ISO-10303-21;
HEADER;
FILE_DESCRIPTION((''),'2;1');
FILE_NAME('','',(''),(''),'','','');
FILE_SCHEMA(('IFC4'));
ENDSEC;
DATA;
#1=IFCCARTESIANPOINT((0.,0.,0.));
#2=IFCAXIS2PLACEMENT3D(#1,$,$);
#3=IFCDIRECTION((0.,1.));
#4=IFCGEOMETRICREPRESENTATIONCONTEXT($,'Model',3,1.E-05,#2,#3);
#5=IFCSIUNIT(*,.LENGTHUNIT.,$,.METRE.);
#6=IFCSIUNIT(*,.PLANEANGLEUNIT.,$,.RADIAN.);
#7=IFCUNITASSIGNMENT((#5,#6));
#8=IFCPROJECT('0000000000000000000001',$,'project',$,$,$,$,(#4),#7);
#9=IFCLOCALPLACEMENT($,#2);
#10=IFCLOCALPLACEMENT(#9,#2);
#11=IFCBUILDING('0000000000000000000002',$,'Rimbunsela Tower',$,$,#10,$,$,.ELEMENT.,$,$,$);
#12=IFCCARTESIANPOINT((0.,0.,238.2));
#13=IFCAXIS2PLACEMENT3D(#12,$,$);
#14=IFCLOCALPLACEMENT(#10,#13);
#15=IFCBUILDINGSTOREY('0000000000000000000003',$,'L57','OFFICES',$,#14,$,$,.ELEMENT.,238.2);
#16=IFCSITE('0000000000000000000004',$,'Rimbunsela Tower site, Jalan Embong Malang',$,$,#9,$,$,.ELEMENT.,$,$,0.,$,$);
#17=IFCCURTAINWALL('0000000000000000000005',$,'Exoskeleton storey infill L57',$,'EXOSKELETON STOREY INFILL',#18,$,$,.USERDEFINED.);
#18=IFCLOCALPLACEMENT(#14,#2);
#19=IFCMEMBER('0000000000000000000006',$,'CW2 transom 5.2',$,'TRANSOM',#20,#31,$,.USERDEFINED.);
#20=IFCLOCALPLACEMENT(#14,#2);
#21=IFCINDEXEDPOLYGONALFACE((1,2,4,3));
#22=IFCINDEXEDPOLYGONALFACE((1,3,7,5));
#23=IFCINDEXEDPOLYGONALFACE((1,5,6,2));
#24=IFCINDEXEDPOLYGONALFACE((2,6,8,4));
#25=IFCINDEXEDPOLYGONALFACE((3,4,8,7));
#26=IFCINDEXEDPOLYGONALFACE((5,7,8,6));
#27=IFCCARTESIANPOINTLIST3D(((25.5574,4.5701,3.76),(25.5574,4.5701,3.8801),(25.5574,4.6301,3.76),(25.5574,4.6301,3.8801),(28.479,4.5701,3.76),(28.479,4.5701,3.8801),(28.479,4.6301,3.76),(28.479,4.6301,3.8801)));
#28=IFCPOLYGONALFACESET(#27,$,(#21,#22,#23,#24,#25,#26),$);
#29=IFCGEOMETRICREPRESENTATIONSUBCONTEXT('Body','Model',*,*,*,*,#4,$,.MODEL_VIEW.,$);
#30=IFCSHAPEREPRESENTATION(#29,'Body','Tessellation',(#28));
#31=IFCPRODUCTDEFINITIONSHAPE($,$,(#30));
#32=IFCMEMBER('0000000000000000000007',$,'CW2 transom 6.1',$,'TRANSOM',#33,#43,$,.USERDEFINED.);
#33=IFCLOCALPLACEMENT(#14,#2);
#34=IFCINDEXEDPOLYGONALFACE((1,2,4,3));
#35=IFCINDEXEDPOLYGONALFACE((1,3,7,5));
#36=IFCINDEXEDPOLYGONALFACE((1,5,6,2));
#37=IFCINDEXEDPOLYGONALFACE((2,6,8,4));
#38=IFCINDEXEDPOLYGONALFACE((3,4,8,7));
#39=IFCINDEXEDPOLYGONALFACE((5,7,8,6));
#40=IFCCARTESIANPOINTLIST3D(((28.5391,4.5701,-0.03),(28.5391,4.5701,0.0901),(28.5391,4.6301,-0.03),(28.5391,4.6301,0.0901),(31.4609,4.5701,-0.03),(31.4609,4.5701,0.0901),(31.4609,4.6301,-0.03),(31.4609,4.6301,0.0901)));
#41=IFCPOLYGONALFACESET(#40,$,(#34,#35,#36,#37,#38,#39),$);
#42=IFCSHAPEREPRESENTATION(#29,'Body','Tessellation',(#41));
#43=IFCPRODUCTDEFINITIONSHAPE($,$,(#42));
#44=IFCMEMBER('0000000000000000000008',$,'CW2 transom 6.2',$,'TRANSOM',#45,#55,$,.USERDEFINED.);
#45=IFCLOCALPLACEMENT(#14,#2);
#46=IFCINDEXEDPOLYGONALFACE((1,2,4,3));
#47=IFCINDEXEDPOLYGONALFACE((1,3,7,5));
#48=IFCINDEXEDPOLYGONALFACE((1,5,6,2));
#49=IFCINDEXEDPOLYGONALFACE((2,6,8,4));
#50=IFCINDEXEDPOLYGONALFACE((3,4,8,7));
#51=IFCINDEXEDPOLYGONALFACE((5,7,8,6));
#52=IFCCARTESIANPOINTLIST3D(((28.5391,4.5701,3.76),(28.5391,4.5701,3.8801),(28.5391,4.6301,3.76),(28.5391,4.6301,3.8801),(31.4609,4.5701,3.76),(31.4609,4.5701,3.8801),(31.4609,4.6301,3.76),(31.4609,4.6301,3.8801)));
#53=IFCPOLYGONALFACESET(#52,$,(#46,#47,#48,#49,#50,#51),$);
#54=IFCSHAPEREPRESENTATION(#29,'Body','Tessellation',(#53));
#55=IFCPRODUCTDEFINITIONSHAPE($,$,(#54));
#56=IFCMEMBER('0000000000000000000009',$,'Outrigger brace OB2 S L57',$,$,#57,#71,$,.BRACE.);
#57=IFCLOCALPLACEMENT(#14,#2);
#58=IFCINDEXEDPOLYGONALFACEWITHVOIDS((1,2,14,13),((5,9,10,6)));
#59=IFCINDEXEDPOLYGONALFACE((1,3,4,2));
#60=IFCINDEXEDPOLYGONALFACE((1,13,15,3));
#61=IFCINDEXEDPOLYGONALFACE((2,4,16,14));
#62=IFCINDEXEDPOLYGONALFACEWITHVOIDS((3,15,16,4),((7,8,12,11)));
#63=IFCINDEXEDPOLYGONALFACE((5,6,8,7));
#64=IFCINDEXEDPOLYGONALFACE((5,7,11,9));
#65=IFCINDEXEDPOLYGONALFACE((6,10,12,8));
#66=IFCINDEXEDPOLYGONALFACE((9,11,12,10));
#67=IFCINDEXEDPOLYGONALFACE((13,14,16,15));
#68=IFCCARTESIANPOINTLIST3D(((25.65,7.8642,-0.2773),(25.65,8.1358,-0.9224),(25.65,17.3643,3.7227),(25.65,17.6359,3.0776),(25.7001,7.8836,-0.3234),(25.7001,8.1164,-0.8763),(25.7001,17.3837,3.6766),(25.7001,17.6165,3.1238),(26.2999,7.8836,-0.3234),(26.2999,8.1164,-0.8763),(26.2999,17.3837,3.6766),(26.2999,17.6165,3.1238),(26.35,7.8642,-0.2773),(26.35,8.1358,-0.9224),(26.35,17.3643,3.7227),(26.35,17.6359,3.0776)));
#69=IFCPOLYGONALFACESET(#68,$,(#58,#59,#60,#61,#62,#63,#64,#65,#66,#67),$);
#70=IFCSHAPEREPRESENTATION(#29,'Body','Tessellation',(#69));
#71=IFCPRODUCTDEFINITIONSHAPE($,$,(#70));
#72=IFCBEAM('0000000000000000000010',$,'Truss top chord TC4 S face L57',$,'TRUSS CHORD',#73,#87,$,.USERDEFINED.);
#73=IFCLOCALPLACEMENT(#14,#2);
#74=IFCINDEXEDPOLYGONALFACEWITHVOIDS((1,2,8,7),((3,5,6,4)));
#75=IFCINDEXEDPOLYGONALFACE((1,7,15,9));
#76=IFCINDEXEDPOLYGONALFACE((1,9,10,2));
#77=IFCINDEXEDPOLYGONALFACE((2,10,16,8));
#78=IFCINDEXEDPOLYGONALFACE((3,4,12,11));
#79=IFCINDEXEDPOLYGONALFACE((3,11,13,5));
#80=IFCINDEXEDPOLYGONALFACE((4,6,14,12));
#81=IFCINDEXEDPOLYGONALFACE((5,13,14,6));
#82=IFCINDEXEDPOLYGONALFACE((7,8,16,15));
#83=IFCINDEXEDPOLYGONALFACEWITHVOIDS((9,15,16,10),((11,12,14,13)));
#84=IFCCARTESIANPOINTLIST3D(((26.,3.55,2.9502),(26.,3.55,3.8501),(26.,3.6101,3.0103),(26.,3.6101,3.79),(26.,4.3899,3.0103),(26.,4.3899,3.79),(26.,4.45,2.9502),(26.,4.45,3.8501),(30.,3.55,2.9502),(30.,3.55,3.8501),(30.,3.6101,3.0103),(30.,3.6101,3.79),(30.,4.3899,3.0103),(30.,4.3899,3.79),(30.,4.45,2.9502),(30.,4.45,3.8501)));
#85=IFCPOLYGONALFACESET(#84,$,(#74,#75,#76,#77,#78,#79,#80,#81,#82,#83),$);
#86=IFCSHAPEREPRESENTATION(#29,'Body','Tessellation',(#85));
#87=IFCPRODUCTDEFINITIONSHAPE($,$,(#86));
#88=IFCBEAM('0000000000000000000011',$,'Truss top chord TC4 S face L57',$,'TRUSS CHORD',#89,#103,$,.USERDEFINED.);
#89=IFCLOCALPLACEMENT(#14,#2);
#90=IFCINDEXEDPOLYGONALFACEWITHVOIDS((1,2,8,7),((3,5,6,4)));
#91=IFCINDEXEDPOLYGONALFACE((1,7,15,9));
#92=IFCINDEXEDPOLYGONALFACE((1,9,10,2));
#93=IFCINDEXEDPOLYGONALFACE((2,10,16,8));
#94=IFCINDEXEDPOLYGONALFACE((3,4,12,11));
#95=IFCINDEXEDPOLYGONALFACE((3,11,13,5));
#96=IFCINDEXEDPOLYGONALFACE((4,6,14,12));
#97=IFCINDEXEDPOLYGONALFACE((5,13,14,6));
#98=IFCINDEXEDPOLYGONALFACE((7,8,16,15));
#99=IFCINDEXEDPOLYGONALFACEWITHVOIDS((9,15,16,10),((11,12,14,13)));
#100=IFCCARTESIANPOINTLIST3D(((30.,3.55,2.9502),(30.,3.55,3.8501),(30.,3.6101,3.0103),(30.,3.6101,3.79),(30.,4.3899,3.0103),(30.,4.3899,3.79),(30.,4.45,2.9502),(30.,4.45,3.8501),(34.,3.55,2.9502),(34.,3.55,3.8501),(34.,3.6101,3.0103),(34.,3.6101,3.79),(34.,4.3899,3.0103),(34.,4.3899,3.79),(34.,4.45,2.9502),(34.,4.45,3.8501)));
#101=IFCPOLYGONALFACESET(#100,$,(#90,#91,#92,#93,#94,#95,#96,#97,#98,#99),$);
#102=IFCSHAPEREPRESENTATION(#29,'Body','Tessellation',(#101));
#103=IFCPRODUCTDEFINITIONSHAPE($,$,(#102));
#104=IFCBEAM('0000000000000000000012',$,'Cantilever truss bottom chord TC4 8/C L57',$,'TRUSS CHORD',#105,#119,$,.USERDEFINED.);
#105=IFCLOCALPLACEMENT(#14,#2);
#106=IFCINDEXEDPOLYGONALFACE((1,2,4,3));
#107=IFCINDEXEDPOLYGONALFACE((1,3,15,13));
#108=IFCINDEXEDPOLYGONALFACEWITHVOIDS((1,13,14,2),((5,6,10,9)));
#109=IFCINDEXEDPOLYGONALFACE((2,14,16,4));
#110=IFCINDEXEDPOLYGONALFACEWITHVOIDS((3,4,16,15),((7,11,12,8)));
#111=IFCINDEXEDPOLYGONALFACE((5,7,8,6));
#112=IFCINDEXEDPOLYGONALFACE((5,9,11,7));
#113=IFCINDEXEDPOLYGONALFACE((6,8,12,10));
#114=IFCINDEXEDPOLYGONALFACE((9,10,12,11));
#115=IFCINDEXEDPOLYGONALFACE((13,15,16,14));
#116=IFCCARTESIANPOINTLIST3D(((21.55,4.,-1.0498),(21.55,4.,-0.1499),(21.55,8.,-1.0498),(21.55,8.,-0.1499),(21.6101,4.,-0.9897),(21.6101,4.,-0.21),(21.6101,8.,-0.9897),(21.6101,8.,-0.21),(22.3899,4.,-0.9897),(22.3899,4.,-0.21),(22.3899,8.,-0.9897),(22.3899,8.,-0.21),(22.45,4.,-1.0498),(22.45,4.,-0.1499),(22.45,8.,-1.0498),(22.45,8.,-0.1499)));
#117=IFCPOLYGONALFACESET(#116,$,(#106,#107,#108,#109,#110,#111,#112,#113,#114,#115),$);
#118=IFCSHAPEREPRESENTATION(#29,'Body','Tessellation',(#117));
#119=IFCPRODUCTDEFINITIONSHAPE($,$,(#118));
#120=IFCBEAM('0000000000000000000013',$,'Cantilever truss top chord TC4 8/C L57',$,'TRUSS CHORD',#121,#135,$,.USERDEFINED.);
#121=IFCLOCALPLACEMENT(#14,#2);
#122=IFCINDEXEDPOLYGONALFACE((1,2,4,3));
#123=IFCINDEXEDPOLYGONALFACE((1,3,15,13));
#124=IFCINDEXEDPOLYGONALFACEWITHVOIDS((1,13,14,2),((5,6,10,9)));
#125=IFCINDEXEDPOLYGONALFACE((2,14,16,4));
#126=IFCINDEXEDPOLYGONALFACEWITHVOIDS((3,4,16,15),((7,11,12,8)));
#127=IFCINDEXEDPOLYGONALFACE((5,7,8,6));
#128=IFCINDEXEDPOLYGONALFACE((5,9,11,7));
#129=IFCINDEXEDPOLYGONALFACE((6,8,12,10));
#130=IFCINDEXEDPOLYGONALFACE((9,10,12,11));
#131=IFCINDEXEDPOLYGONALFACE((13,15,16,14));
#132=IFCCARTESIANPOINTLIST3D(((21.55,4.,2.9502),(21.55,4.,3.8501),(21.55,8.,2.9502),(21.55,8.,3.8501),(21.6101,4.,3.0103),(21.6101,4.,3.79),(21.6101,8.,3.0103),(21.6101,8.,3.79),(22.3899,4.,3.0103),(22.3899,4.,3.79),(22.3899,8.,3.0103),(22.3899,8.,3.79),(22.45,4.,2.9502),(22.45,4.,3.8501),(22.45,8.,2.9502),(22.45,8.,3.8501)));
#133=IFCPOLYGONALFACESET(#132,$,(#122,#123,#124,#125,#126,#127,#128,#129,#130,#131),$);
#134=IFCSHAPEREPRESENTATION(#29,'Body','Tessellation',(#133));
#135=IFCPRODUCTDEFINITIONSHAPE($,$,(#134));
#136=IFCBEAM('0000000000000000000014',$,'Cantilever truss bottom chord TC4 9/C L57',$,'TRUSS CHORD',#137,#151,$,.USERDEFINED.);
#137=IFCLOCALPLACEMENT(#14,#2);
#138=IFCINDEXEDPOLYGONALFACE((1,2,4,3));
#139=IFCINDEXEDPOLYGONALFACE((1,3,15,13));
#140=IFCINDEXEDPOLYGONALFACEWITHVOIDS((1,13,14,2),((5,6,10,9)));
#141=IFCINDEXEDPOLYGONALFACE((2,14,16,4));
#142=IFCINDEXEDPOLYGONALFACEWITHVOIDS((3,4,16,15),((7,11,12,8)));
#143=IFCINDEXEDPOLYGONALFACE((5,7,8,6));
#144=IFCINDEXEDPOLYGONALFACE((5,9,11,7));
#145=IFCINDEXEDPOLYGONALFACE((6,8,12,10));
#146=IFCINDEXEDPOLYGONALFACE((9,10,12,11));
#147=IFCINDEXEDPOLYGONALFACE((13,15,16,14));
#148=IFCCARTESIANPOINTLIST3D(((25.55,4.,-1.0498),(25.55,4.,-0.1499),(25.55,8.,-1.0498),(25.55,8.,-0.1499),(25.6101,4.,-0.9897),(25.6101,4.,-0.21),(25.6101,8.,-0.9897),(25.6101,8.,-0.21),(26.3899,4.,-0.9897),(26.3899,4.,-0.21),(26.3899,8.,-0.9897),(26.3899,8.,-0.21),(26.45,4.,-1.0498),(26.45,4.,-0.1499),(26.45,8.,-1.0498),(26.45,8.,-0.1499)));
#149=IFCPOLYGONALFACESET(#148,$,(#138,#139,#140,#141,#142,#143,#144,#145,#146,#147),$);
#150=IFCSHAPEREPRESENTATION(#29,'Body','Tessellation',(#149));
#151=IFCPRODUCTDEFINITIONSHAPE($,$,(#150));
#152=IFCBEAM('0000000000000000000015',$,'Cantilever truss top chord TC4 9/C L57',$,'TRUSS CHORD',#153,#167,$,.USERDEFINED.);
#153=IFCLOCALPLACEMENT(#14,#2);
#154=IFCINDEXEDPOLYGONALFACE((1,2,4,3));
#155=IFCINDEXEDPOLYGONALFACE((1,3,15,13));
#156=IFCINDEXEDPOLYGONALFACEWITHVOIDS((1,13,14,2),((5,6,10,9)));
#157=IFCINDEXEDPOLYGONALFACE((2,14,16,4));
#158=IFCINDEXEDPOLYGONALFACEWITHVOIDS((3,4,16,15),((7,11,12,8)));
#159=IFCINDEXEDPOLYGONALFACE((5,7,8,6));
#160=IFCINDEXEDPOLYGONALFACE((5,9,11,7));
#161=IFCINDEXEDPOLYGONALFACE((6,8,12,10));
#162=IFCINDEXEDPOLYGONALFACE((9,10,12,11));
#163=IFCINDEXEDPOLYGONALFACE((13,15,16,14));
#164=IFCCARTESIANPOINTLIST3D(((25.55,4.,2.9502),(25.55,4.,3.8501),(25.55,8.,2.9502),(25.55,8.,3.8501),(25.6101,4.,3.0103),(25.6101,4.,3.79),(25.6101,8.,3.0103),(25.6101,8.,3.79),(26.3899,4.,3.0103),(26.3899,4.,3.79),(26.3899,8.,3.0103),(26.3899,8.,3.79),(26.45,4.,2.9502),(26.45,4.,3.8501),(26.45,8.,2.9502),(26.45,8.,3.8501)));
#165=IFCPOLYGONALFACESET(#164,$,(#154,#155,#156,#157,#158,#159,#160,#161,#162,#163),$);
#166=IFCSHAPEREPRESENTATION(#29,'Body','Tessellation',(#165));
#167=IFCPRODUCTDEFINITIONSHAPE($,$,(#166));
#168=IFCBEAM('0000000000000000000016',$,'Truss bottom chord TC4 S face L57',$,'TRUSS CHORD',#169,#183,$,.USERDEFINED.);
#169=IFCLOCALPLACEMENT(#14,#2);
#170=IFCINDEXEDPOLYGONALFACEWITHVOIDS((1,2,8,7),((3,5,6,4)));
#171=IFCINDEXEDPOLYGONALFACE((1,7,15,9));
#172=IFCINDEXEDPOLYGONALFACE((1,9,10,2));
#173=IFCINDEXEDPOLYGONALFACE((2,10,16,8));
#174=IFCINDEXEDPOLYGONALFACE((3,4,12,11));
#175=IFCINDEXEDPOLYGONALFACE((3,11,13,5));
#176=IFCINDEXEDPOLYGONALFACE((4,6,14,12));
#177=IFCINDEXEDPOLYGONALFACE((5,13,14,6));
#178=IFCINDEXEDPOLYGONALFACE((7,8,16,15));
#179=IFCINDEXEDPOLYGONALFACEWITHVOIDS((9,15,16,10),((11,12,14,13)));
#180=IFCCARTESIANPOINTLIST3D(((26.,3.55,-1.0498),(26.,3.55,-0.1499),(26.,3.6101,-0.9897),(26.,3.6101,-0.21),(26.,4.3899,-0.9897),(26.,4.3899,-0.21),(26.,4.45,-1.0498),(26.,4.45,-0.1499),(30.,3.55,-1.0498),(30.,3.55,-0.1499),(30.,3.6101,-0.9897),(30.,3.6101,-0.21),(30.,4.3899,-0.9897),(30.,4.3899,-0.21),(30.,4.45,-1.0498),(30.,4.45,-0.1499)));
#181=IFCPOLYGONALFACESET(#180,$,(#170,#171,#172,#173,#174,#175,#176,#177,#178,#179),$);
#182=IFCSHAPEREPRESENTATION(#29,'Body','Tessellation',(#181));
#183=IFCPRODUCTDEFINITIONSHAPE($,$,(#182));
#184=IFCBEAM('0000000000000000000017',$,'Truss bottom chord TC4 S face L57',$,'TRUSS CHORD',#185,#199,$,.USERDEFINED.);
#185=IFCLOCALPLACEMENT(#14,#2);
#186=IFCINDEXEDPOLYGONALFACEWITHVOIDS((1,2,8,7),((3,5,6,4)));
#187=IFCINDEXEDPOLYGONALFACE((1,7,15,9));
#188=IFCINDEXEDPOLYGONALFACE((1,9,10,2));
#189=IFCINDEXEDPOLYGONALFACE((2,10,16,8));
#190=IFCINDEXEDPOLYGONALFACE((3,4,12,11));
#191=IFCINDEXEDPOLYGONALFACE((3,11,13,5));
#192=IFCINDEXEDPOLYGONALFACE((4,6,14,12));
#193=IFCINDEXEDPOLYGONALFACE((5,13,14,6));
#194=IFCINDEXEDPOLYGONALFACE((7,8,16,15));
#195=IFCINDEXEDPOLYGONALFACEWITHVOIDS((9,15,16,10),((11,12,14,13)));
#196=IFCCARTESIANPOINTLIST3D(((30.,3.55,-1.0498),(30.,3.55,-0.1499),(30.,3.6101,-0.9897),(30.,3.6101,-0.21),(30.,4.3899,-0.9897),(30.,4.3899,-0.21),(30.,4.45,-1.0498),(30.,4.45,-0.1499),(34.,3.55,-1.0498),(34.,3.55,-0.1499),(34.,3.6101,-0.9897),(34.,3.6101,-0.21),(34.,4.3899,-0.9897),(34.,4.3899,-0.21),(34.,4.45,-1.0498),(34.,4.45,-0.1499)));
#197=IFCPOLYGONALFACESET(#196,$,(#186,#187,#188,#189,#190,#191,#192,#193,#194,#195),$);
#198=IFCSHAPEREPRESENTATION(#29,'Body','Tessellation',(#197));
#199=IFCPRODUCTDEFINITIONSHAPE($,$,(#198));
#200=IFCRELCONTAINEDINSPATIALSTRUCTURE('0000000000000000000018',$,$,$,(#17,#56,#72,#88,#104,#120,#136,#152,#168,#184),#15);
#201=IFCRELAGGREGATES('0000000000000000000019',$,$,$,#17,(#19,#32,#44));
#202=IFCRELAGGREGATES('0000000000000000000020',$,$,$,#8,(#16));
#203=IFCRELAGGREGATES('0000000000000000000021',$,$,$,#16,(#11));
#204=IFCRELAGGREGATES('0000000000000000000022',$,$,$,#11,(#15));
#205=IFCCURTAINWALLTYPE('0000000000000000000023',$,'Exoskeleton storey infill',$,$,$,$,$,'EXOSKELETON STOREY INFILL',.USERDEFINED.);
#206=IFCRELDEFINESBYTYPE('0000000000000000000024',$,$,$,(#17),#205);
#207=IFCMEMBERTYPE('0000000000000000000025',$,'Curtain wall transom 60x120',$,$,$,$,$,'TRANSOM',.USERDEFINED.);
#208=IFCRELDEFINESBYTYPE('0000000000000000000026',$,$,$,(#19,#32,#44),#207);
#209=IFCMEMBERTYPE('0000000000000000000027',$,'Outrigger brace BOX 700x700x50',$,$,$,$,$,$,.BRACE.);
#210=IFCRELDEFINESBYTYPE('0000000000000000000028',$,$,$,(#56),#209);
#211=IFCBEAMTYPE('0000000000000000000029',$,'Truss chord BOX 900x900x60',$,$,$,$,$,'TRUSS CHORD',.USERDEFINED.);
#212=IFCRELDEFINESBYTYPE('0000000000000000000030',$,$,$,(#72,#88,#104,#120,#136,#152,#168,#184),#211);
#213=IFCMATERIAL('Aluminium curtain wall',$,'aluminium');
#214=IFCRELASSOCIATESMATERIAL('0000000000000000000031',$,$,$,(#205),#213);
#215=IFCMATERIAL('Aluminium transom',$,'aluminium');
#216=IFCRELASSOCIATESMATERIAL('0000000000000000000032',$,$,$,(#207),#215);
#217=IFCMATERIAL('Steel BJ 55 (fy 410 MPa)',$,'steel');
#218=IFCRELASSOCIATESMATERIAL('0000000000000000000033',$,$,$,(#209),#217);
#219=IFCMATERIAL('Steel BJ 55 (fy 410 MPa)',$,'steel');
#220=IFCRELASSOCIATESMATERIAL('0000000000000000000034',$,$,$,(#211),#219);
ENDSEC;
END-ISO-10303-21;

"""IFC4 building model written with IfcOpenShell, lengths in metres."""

from ifc_helpers import new_model, si_unit, direction, frame, origin, origin_2d, place, context, subcontext, project, spatial, rectangle, hollow_rectangle, extrude, material, material_profile, profile_set, type_object, element, aggregate, save


model = new_model("IFC4")

# Units and contexts
model_context = context("Model", 3, precision=1e-05, world=origin(), true_north=direction((0.0, 1.0)))
body_context = subcontext(model_context, "Body", "Model", "MODEL_VIEW")
ifc_project = project(units=[si_unit("LENGTHUNIT", "METRE"), si_unit("PLANEANGLEUNIT", "RADIAN")], contexts=[model_context])

# Site, building, storey
site_placement = place(None, origin())
site = spatial("IfcSite", under=ifc_project, at=site_placement, Name="Rimbunsela Tower site, Jalan Embong Malang", CompositionType="ELEMENT", RefElevation=0.0)
building_placement = place(site_placement, origin())
building = spatial("IfcBuilding", under=site, at=building_placement, Name="Rimbunsela Tower", CompositionType="ELEMENT")
storey_placement = place(building_placement, frame((0.0, 0.0, 238.2)))
storey = spatial("IfcBuildingStorey", under=building, at=storey_placement, Name="L57", Description="OFFICES", CompositionType="ELEMENT", Elevation=238.2)

# Curtain wall, members
ifc_material_1 = material(Name="Aluminium curtain wall", Category="aluminium")
curtain_wall_type = type_object("IfcCurtainWallType", Name="Exoskeleton storey infill", ElementType="EXOSKELETON STOREY INFILL", PredefinedType="USERDEFINED", material=ifc_material_1)
curtain_wall_placement = place(storey_placement, origin())
curtain_wall = element("IfcCurtainWall", 1, at=curtain_wall_placement, inside=storey, type_object=curtain_wall_type, Name="Exoskeleton storey infill L57", ObjectType="EXOSKELETON STOREY INFILL", PredefinedType="USERDEFINED")
ifc_material_2 = material(Name="Aluminium transom", Category="aluminium")
ifc_material_profile_1 = material_profile(ifc_material_2, rectangle(XDim=0.0601, YDim=0.1201, at=origin_2d()), Name="Transom 60x120")
ifc_profile_set_1 = profile_set([ifc_material_profile_1], Name="Aluminium transom")
member_type_1 = type_object("IfcMemberType", Name="Curtain wall transom 60x120", ElementType="TRANSOM", PredefinedType="USERDEFINED", material=ifc_profile_set_1)
member_1_placement = place(storey_placement, frame((25.5574, 4.6001, 3.8201), z_axis=(1.0, 0.0, 0.0), x_axis=(0.0, 1.0, 0.0)))
member_1 = element("IfcMember", 2, at=member_1_placement, type_object=member_type_1, Name="CW2 transom 5.2", ObjectType="TRANSOM", PredefinedType="USERDEFINED", context=body_context, shape_type="SweptSolid", body=[
    extrude(rectangle(XDim=0.0601, YDim=0.1201, at=origin_2d()), origin(), (0.0, 0.0, 1.0), 2.9216),
])
member_2_placement = place(storey_placement, frame((28.5391, 4.6001, 0.03), z_axis=(1.0, 0.0, 0.0), x_axis=(0.0, 1.0, 0.0)))
member_2 = element("IfcMember", 3, at=member_2_placement, type_object=member_type_1, Name="CW2 transom 6.1", ObjectType="TRANSOM", PredefinedType="USERDEFINED", context=body_context, shape_type="SweptSolid", body=[
    extrude(rectangle(XDim=0.0601, YDim=0.1201, at=origin_2d()), origin(), (0.0, 0.0, 1.0), 2.9219),
])
member_3_placement = place(storey_placement, frame((28.5391, 4.6001, 3.8201), z_axis=(1.0, 0.0, 0.0), x_axis=(0.0, 1.0, 0.0)))
member_3 = element("IfcMember", 4, at=member_3_placement, type_object=member_type_1, Name="CW2 transom 6.2", ObjectType="TRANSOM", PredefinedType="USERDEFINED", context=body_context, shape_type="SweptSolid", body=[
    extrude(rectangle(XDim=0.0601, YDim=0.1201, at=origin_2d()), origin(), (0.0, 0.0, 1.0), 2.9219),
])

# Member
ifc_material_3 = material(Name="Steel BJ 55 (fy 410 MPa)", Category="steel")
ifc_material_profile_2 = material_profile(ifc_material_3, hollow_rectangle(XDim=0.7, YDim=0.7, WallThickness=0.05, at=origin_2d()), Name="BOX 700x700x50")
ifc_profile_set_2 = profile_set([ifc_material_profile_2], Name="Steel BJ 55 (fy 410 MPa)")
member_type_2 = type_object("IfcMemberType", Name="Outrigger brace BOX 700x700x50", PredefinedType="BRACE", material=ifc_profile_set_2)
member_4_placement = place(storey_placement, frame((26.0, 8.0, -0.5999), z_axis=(0.0, 0.921635, 0.388057), x_axis=(-1.0, 0.0, 0.0)))
element("IfcMember", 5, at=member_4_placement, inside=storey, type_object=member_type_2, Name="Outrigger brace OB2 S L57", PredefinedType="BRACE", context=body_context, shape_type="SweptSolid", body=[
    extrude(hollow_rectangle(XDim=0.7, YDim=0.7, WallThickness=0.05, at=origin_2d()), origin(), (0.0, 0.0, 1.0), 10.3079),
])

# Beams
ifc_material_4 = material(Name="Steel BJ 55 (fy 410 MPa)", Category="steel")
ifc_material_profile_3 = material_profile(ifc_material_4, hollow_rectangle(XDim=0.8999, YDim=0.8999, WallThickness=0.0601, at=origin_2d()), Name="BOX 900x900x60")
ifc_profile_set_3 = profile_set([ifc_material_profile_3], Name="Steel BJ 55 (fy 410 MPa)")
beam_type_1 = type_object("IfcBeamType", Name="Truss chord BOX 900x900x60", ElementType="TRUSS CHORD", PredefinedType="USERDEFINED", material=ifc_profile_set_3)
for number, where, z_axis, x_axis, name in (
    (6, (26.0, 4.0, 3.4001), (1.0, 0.0, 0.0), (0.0, 1.0, 0.0), "Truss top chord TC4 S face L57"),
    (7, (30.0, 4.0, 3.4001), (1.0, 0.0, 0.0), (0.0, 1.0, 0.0), "Truss top chord TC4 S face L57"),
    (8, (22.0, 8.0, -0.5999), (0.0, -1.0, 0.0), (1.0, 0.0, 0.0), "Cantilever truss bottom chord TC4 8/C L57"),
    (9, (22.0, 8.0, 3.4001), (0.0, -1.0, 0.0), (1.0, 0.0, 0.0), "Cantilever truss top chord TC4 8/C L57"),
    (10, (26.0, 8.0, -0.5999), (0.0, -1.0, 0.0), (1.0, 0.0, 0.0), "Cantilever truss bottom chord TC4 9/C L57"),
    (11, (26.0, 8.0, 3.4001), (0.0, -1.0, 0.0), (1.0, 0.0, 0.0), "Cantilever truss top chord TC4 9/C L57"),
    (12, (26.0, 4.0, -0.5999), (1.0, 0.0, 0.0), (0.0, 1.0, 0.0), "Truss bottom chord TC4 S face L57"),
    (13, (30.0, 4.0, -0.5999), (1.0, 0.0, 0.0), (0.0, 1.0, 0.0), "Truss bottom chord TC4 S face L57"),
):
    element("IfcBeam", number, at=place(storey_placement, frame(where, z_axis=z_axis, x_axis=x_axis)), inside=storey, type_object=beam_type_1, Name=name, ObjectType="TRUSS CHORD", PredefinedType="USERDEFINED", context=body_context, shape_type="SweptSolid", body=[
        extrude(hollow_rectangle(XDim=0.8999, YDim=0.8999, WallThickness=0.0601, at=origin_2d()), origin(), (0.0, 0.0, 1.0), 4.0),
    ])

aggregate(curtain_wall, [member_1, member_2, member_3])

save(model, "model.ifc")
